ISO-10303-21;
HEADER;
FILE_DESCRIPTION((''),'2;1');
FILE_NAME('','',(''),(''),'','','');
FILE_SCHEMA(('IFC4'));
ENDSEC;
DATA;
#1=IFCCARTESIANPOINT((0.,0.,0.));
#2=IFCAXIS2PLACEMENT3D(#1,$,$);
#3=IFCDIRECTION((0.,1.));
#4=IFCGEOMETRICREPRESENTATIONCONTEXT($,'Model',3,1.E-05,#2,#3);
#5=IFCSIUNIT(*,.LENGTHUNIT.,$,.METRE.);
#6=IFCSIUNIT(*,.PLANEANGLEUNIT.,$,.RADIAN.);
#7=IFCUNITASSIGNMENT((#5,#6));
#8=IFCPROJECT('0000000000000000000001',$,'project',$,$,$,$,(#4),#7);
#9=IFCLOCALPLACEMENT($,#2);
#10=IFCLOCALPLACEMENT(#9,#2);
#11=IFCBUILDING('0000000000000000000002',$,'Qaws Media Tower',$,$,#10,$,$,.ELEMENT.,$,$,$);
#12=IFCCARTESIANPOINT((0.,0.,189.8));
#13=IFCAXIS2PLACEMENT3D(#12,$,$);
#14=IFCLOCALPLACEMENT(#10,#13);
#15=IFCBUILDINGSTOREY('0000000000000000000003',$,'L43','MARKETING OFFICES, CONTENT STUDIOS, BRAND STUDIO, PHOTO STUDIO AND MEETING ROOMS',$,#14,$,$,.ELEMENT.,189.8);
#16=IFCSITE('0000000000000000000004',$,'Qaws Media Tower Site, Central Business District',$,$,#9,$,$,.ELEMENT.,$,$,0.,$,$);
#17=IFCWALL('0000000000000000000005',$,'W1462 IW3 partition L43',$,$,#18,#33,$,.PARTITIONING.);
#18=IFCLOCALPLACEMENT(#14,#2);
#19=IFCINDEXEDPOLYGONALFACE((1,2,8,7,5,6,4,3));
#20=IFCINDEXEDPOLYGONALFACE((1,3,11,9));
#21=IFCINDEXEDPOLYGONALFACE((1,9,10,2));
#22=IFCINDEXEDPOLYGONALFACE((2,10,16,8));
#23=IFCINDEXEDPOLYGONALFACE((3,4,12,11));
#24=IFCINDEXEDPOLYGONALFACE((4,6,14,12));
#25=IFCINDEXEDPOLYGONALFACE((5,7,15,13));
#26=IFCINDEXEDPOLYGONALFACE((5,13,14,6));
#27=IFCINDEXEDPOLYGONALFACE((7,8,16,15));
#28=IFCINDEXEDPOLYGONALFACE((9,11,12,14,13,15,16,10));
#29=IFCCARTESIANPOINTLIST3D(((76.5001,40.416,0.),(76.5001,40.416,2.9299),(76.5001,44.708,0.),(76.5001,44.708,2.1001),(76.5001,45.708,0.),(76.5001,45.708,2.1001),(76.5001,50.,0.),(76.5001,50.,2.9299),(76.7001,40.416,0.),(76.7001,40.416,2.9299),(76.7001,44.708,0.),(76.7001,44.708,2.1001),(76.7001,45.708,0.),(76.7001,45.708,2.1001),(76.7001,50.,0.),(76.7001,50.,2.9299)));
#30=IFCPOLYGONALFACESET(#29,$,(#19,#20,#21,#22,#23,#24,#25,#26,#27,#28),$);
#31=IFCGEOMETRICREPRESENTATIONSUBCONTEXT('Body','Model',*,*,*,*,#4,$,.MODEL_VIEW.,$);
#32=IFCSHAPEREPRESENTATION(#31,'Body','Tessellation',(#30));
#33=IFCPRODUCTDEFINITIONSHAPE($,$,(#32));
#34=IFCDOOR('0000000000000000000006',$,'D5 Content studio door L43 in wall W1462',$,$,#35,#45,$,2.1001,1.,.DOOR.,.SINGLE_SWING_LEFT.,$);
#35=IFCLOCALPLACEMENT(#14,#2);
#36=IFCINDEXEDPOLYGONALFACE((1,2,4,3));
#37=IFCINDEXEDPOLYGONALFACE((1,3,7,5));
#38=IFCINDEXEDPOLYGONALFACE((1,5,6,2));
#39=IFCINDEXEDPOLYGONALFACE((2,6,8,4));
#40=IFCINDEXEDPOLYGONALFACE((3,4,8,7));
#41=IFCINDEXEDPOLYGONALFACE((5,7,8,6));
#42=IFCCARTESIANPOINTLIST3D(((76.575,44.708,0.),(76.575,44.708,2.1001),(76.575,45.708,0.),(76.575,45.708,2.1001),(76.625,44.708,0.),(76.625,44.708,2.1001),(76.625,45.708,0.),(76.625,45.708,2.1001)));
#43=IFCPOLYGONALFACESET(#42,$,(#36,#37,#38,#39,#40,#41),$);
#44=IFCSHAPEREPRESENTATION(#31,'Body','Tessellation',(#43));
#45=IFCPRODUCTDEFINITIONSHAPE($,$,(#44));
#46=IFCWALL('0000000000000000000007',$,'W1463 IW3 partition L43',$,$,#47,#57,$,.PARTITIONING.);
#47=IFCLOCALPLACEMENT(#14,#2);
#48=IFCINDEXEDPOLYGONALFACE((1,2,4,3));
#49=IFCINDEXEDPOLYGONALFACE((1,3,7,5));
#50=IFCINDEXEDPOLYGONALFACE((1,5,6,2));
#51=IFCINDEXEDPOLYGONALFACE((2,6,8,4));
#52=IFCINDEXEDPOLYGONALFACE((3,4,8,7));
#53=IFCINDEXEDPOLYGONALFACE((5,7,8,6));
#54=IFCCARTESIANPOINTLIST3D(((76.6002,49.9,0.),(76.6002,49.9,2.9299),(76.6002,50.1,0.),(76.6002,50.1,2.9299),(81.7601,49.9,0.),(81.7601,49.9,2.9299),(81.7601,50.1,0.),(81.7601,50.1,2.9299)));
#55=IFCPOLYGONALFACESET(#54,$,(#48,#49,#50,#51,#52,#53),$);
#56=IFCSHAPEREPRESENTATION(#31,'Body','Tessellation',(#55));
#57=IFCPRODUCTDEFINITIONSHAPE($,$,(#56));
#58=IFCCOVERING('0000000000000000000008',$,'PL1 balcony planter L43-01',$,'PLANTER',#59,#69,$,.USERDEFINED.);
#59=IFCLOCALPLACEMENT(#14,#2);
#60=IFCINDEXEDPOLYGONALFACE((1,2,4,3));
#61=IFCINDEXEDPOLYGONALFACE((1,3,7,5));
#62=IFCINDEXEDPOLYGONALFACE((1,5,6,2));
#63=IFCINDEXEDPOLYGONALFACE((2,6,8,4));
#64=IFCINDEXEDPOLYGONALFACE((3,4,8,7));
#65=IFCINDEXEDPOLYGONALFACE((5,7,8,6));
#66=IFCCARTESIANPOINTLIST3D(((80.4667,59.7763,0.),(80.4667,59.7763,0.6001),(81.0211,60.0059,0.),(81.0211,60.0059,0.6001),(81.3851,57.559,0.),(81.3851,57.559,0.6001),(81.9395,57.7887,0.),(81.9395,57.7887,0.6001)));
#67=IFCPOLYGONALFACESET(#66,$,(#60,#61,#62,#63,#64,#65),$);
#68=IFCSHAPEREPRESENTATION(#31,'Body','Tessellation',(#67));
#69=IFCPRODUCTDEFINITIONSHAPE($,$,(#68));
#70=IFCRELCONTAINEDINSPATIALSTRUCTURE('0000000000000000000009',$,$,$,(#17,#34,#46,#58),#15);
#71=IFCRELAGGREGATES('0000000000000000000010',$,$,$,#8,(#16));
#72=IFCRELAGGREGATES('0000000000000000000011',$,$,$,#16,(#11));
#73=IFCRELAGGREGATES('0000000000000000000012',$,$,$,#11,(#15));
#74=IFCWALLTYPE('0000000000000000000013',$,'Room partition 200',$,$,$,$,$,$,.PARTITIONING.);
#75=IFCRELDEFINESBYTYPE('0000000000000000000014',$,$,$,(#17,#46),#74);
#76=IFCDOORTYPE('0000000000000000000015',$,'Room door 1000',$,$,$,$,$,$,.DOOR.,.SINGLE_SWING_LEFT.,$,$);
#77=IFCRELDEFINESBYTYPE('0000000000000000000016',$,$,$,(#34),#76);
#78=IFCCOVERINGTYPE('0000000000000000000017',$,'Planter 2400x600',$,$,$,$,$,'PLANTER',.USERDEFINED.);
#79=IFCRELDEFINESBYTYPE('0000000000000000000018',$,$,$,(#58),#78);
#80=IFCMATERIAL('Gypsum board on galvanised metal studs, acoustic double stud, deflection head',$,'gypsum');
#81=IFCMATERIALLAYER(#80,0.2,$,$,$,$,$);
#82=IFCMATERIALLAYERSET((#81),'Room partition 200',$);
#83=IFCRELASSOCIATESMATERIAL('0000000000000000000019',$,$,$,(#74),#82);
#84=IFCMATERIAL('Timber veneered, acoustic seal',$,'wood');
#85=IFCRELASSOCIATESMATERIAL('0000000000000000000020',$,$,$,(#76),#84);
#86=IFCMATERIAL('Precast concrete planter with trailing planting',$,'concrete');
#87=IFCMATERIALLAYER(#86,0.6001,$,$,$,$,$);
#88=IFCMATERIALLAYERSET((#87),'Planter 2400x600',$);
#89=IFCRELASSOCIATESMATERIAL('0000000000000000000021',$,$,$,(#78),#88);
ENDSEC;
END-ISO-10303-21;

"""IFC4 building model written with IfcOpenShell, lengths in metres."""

from ifc_helpers import new_model, si_unit, direction, frame, frame_2d, origin, origin_2d, place, context, subcontext, project, spatial, rectangle, extrude, material, layer, layer_set, type_object, element, fill, save


model = new_model("IFC4")

# Units and contexts
model_context = context("Model", 3, precision=1e-05, world=origin(), true_north=direction((0.0, 1.0)))
body_context = subcontext(model_context, "Body", "Model", "MODEL_VIEW")
ifc_project = project(units=[si_unit("LENGTHUNIT", "METRE"), si_unit("PLANEANGLEUNIT", "RADIAN")], contexts=[model_context])

# Site, building, storey
site_placement = place(None, origin())
site = spatial("IfcSite", under=ifc_project, at=site_placement, Name="Qaws Media Tower Site, Central Business District", CompositionType="ELEMENT", RefElevation=0.0)
building_placement = place(site_placement, origin())
building = spatial("IfcBuilding", under=site, at=building_placement, Name="Qaws Media Tower", CompositionType="ELEMENT")
storey_placement = place(building_placement, frame((0.0, 0.0, 189.8)))
storey = spatial("IfcBuildingStorey", under=building, at=storey_placement, Name="L43", Description="MARKETING OFFICES, CONTENT STUDIOS, BRAND STUDIO, PHOTO STUDIO AND MEETING ROOMS", CompositionType="ELEMENT", Elevation=189.8)

# Shared definitions
ifc_material_1 = material(Name="Gypsum board on galvanised metal studs, acoustic double stud, deflection head", Category="gypsum")
ifc_layer_1 = layer(ifc_material_1, 0.2)
ifc_layer_set_1 = layer_set([ifc_layer_1], Name="Room partition 200")
wall_type_1 = type_object("IfcWallType", Name="Room partition 200", PredefinedType="PARTITIONING", material=ifc_layer_set_1)

# Wall, opening, door
wall_1_placement = place(storey_placement, frame((76.6001, 50.0, 0.0), z_axis=(0.0, 0.0, 1.0), x_axis=(0.0, -1.0, 0.0)))
wall_1 = element("IfcWall", 1, at=wall_1_placement, inside=storey, type_object=wall_type_1, Name="W1462 IW3 partition L43", PredefinedType="PARTITIONING", context=body_context, shape_type="SweptSolid", body=[
    extrude(rectangle(XDim=9.584, YDim=0.2, at=frame_2d((4.792, 0.0))), origin(), (0.0, 0.0, 1.0), 2.9299),
])
opening_1_placement = place(wall_1_placement, frame((4.292, 0.0, 0.0)))
opening_1 = element("IfcOpeningElement", 2, at=opening_1_placement, cuts=wall_1, PredefinedType="OPENING", context=body_context, shape_type="SweptSolid", body=[
    extrude(rectangle(XDim=1.0, YDim=2.1001, at=frame_2d((0.5, 1.05))), frame((0.0, 0.1099, 0.0), z_axis=(0.0, -1.0, 0.0), x_axis=(1.0, 0.0, 0.0)), (0.0, 0.0, 1.0), 0.22),
])
ifc_material_2 = material(Name="Timber veneered, acoustic seal", Category="wood")
door_type_1 = type_object("IfcDoorType", Name="Room door 1000", OperationType="SINGLE_SWING_LEFT", PredefinedType="DOOR", material=ifc_material_2)
door_1_placement = place(opening_1_placement, origin())
door_1 = element("IfcDoor", 3, at=door_1_placement, inside=storey, type_object=door_type_1, Name="D5 Content studio door L43 in wall W1462", OperationType="SINGLE_SWING_LEFT", OverallHeight=2.1001, OverallWidth=1.0, PredefinedType="DOOR", context=body_context, shape_type="SweptSolid", body=[
    extrude(rectangle(XDim=1.0, YDim=2.1001, at=frame_2d((0.5, 1.05))), frame((0.0, 0.0249, 0.0), z_axis=(0.0, -1.0, 0.0), x_axis=(1.0, 0.0, 0.0)), (0.0, 0.0, 1.0), 0.05),
])
fill(opening_1, door_1)

# Wall
wall_2_placement = place(storey_placement, frame((76.6001, 50.0, 0.0), z_axis=(0.0, 0.0, 1.0), x_axis=(1.0, 0.0, 0.0)))
element("IfcWall", 4, at=wall_2_placement, inside=storey, type_object=wall_type_1, Name="W1463 IW3 partition L43", PredefinedType="PARTITIONING", context=body_context, shape_type="SweptSolid", body=[
    extrude(rectangle(XDim=5.1599, YDim=0.2, at=frame_2d((2.5801, 0.0))), origin(), (0.0, 0.0, 1.0), 2.9299),
])

# Covering
ifc_material_3 = material(Name="Precast concrete planter with trailing planting", Category="concrete")
ifc_layer_2 = layer(ifc_material_3, 0.6001)
ifc_layer_set_2 = layer_set([ifc_layer_2], Name="Planter 2400x600")
covering_type = type_object("IfcCoveringType", Name="Planter 2400x600", ElementType="PLANTER", PredefinedType="USERDEFINED", material=ifc_layer_set_2)
covering_placement = place(storey_placement, frame((81.2031, 58.7825, 0.0), z_axis=(0.0, 0.0, 1.0), x_axis=(-0.382683, 0.92388, 0.0)))
element("IfcCovering", 5, at=covering_placement, inside=storey, type_object=covering_type, Name="PL1 balcony planter L43-01", ObjectType="PLANTER", PredefinedType="USERDEFINED", context=body_context, shape_type="SweptSolid", body=[
    extrude(rectangle(XDim=2.3999, YDim=0.6001, at=origin_2d()), origin(), (0.0, 0.0, 1.0), 0.6001),
])

save(model, "model.ifc")
